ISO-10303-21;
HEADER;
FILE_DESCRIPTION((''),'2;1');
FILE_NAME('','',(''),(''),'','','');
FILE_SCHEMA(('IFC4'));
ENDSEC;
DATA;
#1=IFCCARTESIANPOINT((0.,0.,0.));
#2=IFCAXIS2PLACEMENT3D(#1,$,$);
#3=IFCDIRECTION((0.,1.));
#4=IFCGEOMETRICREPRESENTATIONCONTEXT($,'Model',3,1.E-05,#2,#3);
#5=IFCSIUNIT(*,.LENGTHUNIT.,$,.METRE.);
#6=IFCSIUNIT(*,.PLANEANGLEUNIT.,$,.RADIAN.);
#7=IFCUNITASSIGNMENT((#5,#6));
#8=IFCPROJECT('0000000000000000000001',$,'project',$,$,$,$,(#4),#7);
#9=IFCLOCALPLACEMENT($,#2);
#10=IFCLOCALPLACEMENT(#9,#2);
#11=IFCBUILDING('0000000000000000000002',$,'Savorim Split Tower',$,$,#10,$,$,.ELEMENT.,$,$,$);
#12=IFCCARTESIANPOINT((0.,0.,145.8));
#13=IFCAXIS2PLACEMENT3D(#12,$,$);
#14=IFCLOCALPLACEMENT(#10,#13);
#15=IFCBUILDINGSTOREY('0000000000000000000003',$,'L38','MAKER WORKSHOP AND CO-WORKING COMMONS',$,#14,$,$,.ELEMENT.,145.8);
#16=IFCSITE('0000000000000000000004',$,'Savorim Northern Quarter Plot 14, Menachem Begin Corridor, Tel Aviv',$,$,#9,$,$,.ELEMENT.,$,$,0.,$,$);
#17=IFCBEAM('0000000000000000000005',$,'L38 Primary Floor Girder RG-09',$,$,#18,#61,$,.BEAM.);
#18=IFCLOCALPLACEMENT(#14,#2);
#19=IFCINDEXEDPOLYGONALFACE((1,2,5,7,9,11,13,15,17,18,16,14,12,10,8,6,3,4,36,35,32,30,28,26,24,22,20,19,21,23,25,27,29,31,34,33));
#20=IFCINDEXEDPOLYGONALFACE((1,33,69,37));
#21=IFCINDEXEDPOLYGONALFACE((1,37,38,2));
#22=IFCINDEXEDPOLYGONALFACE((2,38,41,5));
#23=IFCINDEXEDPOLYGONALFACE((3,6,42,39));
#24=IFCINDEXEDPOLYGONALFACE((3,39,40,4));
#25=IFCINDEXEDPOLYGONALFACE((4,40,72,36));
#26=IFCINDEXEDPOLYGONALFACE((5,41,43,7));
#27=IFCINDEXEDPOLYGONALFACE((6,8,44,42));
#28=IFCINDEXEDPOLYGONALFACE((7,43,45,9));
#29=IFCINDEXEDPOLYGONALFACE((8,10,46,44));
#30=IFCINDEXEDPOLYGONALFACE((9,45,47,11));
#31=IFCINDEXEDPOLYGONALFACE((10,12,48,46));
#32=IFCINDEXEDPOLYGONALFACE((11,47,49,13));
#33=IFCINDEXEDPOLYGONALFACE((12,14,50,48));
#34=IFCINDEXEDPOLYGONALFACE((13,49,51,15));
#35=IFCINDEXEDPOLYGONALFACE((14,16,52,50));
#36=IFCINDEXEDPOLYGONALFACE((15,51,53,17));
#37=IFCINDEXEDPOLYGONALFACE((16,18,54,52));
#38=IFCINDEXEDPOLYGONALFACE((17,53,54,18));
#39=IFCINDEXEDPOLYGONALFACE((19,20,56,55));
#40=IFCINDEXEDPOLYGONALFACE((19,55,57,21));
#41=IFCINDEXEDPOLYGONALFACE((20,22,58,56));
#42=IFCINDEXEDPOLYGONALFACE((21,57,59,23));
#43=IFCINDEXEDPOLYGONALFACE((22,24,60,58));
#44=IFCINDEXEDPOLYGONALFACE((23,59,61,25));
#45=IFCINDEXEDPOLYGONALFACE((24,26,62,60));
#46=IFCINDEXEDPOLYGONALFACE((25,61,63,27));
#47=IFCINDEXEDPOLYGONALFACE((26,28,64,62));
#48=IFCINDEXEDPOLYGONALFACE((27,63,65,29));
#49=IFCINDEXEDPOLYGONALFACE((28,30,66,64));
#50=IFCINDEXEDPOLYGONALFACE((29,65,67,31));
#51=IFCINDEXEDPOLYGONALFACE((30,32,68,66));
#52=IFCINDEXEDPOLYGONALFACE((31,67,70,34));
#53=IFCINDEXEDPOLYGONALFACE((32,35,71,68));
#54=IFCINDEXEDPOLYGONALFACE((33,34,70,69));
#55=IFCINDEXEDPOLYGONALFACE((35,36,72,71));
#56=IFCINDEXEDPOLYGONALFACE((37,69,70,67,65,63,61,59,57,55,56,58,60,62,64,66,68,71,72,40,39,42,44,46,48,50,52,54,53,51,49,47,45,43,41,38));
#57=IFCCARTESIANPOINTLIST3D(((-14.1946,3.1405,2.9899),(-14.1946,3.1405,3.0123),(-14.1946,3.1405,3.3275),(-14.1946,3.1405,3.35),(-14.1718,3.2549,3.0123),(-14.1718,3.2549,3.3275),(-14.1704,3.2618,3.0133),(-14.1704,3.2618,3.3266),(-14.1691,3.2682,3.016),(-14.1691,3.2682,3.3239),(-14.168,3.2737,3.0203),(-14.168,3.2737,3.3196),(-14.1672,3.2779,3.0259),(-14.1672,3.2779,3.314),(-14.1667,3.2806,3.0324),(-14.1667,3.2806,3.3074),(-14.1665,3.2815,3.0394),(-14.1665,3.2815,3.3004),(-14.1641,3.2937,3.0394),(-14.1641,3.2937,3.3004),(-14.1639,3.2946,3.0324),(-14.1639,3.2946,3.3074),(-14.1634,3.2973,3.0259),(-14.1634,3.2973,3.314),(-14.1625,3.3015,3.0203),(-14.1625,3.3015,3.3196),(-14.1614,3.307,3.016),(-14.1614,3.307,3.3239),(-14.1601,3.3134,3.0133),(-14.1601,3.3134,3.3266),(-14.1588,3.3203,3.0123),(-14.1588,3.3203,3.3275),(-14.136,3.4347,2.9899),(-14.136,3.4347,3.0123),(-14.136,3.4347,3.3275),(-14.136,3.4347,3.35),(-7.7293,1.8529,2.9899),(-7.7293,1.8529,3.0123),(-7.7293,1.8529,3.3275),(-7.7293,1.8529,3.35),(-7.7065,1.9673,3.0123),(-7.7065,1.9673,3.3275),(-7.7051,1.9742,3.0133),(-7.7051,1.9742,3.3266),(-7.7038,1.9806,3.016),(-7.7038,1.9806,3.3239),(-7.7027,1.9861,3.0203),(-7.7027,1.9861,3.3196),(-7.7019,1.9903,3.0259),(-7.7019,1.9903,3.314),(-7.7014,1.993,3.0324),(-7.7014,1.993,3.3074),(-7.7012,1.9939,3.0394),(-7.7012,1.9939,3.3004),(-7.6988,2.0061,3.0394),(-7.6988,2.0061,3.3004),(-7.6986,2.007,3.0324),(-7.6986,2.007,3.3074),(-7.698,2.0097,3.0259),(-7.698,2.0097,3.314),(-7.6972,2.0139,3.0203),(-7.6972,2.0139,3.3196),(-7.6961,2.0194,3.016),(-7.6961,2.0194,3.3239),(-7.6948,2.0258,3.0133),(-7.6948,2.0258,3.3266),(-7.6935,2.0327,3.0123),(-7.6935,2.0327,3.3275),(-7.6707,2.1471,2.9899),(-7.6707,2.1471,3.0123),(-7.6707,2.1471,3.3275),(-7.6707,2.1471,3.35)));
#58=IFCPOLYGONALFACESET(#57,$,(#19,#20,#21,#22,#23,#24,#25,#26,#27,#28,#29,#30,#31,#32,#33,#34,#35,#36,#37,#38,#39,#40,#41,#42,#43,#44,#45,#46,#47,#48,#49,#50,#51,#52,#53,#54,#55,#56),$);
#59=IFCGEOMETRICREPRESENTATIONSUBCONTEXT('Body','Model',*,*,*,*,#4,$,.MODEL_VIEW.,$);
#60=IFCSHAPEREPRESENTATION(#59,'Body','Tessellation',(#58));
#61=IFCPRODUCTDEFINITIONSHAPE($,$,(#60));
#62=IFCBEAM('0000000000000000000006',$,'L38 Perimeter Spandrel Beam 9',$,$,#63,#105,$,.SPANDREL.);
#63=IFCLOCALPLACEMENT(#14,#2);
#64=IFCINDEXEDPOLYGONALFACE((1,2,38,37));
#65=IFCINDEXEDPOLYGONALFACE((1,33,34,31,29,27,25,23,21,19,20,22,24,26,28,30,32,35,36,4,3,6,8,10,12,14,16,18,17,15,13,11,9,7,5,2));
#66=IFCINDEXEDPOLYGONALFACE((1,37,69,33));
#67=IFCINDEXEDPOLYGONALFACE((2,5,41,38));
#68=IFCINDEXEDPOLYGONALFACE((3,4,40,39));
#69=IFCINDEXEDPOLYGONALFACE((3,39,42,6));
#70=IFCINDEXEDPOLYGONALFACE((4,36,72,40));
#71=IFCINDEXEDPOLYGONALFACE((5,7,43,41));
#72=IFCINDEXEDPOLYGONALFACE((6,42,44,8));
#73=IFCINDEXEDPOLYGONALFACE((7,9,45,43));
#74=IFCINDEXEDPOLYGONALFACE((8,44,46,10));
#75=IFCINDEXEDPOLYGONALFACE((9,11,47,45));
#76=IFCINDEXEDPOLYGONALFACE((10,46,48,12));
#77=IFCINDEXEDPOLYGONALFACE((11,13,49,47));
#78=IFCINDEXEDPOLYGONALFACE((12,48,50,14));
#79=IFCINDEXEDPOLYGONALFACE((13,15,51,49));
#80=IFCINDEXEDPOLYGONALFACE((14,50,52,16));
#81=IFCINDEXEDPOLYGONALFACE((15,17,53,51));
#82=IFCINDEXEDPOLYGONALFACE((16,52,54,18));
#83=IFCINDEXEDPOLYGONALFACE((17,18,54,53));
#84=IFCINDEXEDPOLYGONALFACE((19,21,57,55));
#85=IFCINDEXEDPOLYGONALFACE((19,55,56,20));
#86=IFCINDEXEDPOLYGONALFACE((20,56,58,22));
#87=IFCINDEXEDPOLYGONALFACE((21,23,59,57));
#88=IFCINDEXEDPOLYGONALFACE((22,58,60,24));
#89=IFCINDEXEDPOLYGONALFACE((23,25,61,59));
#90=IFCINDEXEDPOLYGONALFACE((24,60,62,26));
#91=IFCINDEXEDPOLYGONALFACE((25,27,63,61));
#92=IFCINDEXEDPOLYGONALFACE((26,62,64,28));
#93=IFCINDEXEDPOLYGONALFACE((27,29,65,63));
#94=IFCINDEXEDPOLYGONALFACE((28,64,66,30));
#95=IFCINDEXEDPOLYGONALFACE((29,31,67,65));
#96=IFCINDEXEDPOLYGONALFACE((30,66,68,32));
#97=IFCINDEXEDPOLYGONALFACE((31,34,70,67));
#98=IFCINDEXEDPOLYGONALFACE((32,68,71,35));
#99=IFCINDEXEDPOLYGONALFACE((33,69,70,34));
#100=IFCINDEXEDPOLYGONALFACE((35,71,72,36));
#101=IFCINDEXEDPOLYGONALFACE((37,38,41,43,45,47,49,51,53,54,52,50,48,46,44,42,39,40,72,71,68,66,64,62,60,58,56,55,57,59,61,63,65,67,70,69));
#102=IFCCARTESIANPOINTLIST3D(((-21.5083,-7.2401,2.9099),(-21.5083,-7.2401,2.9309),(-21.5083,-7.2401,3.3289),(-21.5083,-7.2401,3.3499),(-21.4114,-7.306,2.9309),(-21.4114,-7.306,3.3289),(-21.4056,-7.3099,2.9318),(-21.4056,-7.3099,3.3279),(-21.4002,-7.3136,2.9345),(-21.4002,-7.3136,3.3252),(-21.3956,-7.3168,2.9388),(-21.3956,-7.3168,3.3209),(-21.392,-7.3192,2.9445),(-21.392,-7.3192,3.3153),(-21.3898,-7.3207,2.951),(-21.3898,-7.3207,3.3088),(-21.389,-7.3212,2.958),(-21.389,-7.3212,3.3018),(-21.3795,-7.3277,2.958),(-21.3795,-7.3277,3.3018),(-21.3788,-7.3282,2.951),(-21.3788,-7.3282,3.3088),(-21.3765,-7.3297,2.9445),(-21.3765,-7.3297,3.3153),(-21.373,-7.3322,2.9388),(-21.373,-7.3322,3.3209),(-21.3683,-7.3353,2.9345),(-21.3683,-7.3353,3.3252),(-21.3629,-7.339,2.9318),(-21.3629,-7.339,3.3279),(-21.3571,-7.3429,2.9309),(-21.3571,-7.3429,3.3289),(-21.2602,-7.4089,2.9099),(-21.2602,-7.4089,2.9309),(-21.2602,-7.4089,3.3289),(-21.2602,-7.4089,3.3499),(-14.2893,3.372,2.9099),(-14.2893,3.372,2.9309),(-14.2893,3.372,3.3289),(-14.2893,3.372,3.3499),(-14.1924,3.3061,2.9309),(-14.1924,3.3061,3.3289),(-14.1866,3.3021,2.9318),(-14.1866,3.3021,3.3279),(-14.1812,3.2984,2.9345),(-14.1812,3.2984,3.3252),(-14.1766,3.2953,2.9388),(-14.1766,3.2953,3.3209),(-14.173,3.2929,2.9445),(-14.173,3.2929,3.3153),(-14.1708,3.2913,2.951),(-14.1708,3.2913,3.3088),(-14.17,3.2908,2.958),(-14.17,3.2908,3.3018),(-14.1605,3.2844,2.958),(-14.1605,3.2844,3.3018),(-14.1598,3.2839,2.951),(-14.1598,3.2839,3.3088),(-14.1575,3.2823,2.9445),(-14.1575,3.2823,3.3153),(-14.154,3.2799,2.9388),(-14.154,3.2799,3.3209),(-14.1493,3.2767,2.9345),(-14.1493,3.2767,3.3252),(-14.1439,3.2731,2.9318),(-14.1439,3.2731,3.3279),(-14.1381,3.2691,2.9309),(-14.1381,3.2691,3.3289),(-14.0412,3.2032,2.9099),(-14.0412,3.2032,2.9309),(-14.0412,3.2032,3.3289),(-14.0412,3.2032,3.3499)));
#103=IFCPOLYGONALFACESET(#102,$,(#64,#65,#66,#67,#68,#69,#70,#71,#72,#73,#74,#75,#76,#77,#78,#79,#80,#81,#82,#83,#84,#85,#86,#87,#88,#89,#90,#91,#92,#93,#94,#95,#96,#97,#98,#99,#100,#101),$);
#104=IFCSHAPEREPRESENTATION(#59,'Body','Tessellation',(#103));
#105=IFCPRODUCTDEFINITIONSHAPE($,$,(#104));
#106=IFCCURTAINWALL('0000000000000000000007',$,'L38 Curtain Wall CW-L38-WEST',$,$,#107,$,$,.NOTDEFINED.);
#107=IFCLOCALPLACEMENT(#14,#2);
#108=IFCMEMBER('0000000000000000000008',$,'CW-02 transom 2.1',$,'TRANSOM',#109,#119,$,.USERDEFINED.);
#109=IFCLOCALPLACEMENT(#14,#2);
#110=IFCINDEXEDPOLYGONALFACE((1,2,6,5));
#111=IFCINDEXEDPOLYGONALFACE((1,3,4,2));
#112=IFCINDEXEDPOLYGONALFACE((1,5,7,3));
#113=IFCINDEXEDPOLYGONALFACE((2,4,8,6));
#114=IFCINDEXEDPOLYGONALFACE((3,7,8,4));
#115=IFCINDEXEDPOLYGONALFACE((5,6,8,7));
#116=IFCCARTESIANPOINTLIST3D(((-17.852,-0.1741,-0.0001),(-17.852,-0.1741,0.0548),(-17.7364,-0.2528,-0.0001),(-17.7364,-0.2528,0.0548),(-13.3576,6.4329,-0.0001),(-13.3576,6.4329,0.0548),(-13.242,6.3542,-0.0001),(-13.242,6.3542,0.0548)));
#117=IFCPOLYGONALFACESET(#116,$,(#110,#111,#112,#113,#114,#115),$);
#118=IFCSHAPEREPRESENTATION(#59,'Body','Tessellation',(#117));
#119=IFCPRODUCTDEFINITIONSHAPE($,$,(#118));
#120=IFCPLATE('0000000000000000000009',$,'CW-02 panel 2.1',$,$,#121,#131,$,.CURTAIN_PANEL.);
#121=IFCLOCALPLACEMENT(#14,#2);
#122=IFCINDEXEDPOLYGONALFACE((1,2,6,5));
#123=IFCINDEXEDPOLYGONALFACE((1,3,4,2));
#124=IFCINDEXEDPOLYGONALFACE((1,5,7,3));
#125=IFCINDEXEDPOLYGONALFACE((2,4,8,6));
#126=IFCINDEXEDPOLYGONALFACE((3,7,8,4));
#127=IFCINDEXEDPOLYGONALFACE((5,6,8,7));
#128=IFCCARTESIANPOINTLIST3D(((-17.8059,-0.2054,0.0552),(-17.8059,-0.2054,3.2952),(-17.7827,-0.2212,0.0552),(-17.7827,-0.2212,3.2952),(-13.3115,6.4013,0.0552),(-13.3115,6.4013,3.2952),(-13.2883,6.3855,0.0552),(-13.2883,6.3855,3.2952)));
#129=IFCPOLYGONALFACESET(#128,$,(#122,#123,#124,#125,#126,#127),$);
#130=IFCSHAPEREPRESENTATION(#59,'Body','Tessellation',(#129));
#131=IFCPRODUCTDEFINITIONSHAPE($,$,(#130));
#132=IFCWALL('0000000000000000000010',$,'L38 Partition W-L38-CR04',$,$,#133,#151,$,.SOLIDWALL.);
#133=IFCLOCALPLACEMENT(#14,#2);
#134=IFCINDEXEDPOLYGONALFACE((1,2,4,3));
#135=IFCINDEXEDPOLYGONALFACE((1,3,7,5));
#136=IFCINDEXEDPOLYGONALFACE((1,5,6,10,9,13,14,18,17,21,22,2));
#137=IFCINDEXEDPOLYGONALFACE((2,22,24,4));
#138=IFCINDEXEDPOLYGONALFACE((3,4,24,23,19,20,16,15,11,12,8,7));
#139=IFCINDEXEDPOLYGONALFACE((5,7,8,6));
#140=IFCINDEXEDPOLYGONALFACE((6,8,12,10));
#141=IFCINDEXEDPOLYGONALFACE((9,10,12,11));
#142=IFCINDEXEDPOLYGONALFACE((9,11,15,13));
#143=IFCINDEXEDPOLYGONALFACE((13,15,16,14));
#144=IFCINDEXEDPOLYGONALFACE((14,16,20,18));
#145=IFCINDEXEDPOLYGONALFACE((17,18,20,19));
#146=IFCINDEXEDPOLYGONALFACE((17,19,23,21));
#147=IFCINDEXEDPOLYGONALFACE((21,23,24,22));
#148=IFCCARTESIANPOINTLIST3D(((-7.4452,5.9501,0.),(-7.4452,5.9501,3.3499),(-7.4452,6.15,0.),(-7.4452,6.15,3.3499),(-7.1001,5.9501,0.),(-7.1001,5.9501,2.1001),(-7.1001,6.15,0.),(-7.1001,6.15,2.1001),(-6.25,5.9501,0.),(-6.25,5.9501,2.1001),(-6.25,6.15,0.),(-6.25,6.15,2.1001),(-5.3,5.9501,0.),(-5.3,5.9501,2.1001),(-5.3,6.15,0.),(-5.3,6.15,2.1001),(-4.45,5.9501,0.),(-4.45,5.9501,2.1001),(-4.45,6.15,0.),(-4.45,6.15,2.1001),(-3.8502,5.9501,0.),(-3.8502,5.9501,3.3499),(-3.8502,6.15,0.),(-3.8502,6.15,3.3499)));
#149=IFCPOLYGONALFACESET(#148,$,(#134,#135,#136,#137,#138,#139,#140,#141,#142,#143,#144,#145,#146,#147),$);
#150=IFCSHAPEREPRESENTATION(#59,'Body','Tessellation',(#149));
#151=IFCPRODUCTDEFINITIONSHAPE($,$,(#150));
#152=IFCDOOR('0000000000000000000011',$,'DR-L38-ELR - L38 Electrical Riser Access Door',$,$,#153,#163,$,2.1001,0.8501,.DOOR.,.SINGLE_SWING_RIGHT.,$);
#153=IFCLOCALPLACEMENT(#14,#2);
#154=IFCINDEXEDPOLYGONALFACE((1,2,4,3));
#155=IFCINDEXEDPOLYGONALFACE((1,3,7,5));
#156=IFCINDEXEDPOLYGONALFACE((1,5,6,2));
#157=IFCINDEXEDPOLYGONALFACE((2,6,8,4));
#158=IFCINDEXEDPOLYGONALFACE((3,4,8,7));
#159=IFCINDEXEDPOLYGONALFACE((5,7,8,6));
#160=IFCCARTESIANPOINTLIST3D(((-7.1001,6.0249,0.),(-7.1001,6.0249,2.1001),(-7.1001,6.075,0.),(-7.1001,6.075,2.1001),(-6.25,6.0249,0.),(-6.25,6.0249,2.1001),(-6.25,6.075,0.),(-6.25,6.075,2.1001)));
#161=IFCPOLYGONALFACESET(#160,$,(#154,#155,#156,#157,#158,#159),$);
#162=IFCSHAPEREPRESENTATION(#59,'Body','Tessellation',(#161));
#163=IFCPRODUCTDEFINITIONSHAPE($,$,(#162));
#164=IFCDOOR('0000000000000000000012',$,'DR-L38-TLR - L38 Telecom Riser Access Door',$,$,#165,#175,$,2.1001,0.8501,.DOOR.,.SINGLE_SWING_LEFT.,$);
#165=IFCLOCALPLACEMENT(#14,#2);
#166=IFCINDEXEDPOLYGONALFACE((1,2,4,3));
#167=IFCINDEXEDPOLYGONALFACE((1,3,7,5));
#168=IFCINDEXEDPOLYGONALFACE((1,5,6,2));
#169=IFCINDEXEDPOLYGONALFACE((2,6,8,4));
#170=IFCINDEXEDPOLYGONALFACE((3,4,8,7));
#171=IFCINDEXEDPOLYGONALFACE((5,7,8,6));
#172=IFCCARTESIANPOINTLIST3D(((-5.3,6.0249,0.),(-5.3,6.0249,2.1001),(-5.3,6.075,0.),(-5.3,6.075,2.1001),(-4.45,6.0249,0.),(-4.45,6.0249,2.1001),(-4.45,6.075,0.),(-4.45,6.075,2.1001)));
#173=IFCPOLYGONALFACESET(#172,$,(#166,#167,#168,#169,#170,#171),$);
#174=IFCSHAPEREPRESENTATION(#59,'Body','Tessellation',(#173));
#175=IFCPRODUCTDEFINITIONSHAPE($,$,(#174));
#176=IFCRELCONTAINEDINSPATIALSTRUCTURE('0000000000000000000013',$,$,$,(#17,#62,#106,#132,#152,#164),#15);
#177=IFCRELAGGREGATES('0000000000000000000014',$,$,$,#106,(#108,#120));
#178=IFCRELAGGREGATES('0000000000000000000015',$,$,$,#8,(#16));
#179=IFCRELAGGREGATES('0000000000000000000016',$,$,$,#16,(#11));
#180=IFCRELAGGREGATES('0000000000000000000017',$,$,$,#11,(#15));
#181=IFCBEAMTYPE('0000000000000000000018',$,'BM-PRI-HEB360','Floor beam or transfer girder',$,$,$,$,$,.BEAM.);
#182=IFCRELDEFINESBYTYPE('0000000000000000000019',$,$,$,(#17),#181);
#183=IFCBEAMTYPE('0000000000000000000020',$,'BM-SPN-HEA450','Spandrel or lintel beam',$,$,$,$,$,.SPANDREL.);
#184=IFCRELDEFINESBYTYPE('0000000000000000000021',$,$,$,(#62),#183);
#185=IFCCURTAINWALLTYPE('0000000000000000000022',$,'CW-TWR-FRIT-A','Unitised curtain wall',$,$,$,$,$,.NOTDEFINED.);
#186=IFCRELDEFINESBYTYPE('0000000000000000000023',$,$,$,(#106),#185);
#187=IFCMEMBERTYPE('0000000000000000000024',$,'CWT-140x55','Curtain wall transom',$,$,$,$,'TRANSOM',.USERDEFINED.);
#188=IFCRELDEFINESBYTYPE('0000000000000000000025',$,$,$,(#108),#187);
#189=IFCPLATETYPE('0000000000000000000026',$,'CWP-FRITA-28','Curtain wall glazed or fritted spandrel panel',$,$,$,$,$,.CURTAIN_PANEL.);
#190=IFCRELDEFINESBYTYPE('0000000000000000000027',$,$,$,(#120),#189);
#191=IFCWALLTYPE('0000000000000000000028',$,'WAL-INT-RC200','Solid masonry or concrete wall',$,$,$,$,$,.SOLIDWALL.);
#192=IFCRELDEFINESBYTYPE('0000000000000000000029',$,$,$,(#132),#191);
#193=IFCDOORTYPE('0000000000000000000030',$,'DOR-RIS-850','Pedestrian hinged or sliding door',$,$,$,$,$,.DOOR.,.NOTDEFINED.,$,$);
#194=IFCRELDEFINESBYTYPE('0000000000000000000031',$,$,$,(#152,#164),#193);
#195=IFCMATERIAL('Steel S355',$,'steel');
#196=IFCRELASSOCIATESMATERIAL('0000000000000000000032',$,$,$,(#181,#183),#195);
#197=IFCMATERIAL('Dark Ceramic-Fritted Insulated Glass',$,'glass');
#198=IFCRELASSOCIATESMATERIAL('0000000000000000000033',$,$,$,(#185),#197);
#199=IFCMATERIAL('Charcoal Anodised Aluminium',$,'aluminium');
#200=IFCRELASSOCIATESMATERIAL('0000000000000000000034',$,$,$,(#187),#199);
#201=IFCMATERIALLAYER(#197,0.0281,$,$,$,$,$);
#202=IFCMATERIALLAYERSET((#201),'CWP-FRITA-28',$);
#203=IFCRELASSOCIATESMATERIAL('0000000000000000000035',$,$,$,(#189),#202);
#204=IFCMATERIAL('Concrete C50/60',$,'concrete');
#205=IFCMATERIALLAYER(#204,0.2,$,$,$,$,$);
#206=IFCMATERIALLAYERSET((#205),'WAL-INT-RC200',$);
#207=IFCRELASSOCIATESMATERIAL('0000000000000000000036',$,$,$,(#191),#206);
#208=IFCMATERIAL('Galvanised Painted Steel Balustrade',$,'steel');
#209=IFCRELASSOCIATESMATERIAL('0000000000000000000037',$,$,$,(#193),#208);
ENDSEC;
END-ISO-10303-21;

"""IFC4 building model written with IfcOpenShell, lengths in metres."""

from ifc_helpers import new_model, si_unit, direction, frame, frame_2d, origin, origin_2d, place, context, subcontext, project, spatial, rectangle, i_section, extrude, material, layer, layer_set, material_profile, profile_set, type_object, element, fill, aggregate, save


model = new_model("IFC4")

# Units and contexts
model_context = context("Model", 3, precision=1e-05, world=origin(), true_north=direction((0.0, 1.0)))
body_context = subcontext(model_context, "Body", "Model", "MODEL_VIEW")
ifc_project = project(units=[si_unit("LENGTHUNIT", "METRE"), si_unit("PLANEANGLEUNIT", "RADIAN")], contexts=[model_context])

# Site, building, storey
site_placement = place(None, origin())
site = spatial("IfcSite", under=ifc_project, at=site_placement, Name="Savorim Northern Quarter Plot 14, Menachem Begin Corridor, Tel Aviv", CompositionType="ELEMENT", RefElevation=0.0)
building_placement = place(site_placement, origin())
building = spatial("IfcBuilding", under=site, at=building_placement, Name="Savorim Split Tower", CompositionType="ELEMENT")
storey_placement = place(building_placement, frame((0.0, 0.0, 145.8)))
storey = spatial("IfcBuildingStorey", under=building, at=storey_placement, Name="L38", Description="MAKER WORKSHOP AND CO-WORKING COMMONS", CompositionType="ELEMENT", Elevation=145.8)

# Beams
ifc_material_1 = material(Name="Steel S355", Category="steel")
ifc_material_profile_1 = material_profile(ifc_material_1, i_section(OverallWidth=0.3, OverallDepth=0.3601, WebThickness=0.0125, FlangeThickness=0.0225, FilletRadius=0.0271, at=origin_2d()), Name="HEB 360")
ifc_profile_set_1 = profile_set([ifc_material_profile_1], Name="Steel S355")
beam_type_1 = type_object("IfcBeamType", Name="BM-PRI-HEB360", Description="Floor beam or transfer girder", PredefinedType="BEAM", material=ifc_profile_set_1)
beam_1_placement = place(storey_placement, frame((-14.1653, 3.2876, 3.1699), z_axis=(0.98074, -0.195318, 0.0), x_axis=(0.195318, 0.98074, 0.0)))
element("IfcBeam", 1, at=beam_1_placement, inside=storey, type_object=beam_type_1, Name="L38 Primary Floor Girder RG-09", PredefinedType="BEAM", context=body_context, shape_type="SweptSolid", body=[
    extrude(i_section(OverallWidth=0.3, OverallDepth=0.3601, WebThickness=0.0125, FlangeThickness=0.0225, FilletRadius=0.0271, at=origin_2d()), origin(), (0.0, 0.0, 1.0), 6.5923),
])
ifc_material_profile_2 = material_profile(ifc_material_1, i_section(OverallWidth=0.3, OverallDepth=0.4399, WebThickness=0.0115, FlangeThickness=0.021, FilletRadius=0.0271, at=origin_2d()), Name="HEA 450")
ifc_profile_set_2 = profile_set([ifc_material_profile_2], Name="Steel S355")
beam_type_2 = type_object("IfcBeamType", Name="BM-SPN-HEA450", Description="Spandrel or lintel beam", PredefinedType="SPANDREL", material=ifc_profile_set_2)
beam_2_placement = place(storey_placement, frame((-14.1653, 3.2876, 3.1299), z_axis=(-0.562459, -0.826825, 0.0), x_axis=(0.826825, -0.562459, 0.0)))
element("IfcBeam", 2, at=beam_2_placement, inside=storey, type_object=beam_type_2, Name="L38 Perimeter Spandrel Beam 9", PredefinedType="SPANDREL", context=body_context, shape_type="SweptSolid", body=[
    extrude(i_section(OverallWidth=0.3, OverallDepth=0.4399, WebThickness=0.0115, FlangeThickness=0.021, FilletRadius=0.0271, at=origin_2d()), origin(), (0.0, 0.0, 1.0), 12.8347),
])

# Curtain wall, member, plate
ifc_material_2 = material(Name="Dark Ceramic-Fritted Insulated Glass", Category="glass")
curtain_wall_type = type_object("IfcCurtainWallType", Name="CW-TWR-FRIT-A", Description="Unitised curtain wall", PredefinedType="NOTDEFINED", material=ifc_material_2)
curtain_wall_placement = place(storey_placement, origin())
curtain_wall = element("IfcCurtainWall", 3, at=curtain_wall_placement, inside=storey, type_object=curtain_wall_type, Name="L38 Curtain Wall CW-L38-WEST", PredefinedType="NOTDEFINED")
ifc_material_3 = material(Name="Charcoal Anodised Aluminium", Category="aluminium")
ifc_material_profile_3 = material_profile(ifc_material_3, rectangle(XDim=0.1399, YDim=0.0549, at=origin_2d()), Name="ALU-T 140x55")
ifc_profile_set_3 = profile_set([ifc_material_profile_3], Name="Charcoal Anodised Aluminium")
member_type = type_object("IfcMemberType", Name="CWT-140x55", Description="Curtain wall transom", ElementType="TRANSOM", PredefinedType="USERDEFINED", material=ifc_profile_set_3)
member_placement = place(storey_placement, frame((-13.2998, 6.3936, 0.0273), z_axis=(-0.562453, -0.826829, 0.0), x_axis=(0.826829, -0.562453, 0.0)))
member = element("IfcMember", 4, at=member_placement, type_object=member_type, Name="CW-02 transom 2.1", ObjectType="TRANSOM", PredefinedType="USERDEFINED", context=body_context, shape_type="SweptSolid", body=[
    extrude(rectangle(XDim=0.1399, YDim=0.0549, at=origin_2d()), origin(), (0.0, 0.0, 1.0), 7.9907),
])
ifc_layer_1 = layer(ifc_material_2, 0.0281)
ifc_layer_set_1 = layer_set([ifc_layer_1], Name="CWP-FRITA-28")
plate_type = type_object("IfcPlateType", Name="CWP-FRITA-28", Description="Curtain wall glazed or fritted spandrel panel", PredefinedType="CURTAIN_PANEL", material=ifc_layer_set_1)
plate_placement = place(storey_placement, frame((-15.5471, 3.0901, 0.0552), z_axis=(0.0, 0.0, 1.0), x_axis=(-0.562466, -0.82682, 0.0)))
plate = element("IfcPlate", 5, at=plate_placement, type_object=plate_type, Name="CW-02 panel 2.1", PredefinedType="CURTAIN_PANEL", context=body_context, shape_type="SweptSolid", body=[
    extrude(rectangle(XDim=7.9905, YDim=0.0281, at=origin_2d()), origin(), (0.0, 0.0, 1.0), 3.24),
])
aggregate(curtain_wall, [member, plate])

# Wall, openings, doors
ifc_material_4 = material(Name="Concrete C50/60", Category="concrete")
ifc_layer_2 = layer(ifc_material_4, 0.2)
ifc_layer_set_2 = layer_set([ifc_layer_2], Name="WAL-INT-RC200")
wall_type_1 = type_object("IfcWallType", Name="WAL-INT-RC200", Description="Solid masonry or concrete wall", PredefinedType="SOLIDWALL", material=ifc_layer_set_2)
wall_1_placement = place(storey_placement, frame((-7.4451, 6.05, 0.0), z_axis=(0.0, 0.0, 1.0), x_axis=(1.0, 0.0, 0.0)))
wall_1 = element("IfcWall", 6, at=wall_1_placement, inside=storey, type_object=wall_type_1, Name="L38 Partition W-L38-CR04", PredefinedType="SOLIDWALL", context=body_context, shape_type="SweptSolid", body=[
    extrude(rectangle(XDim=3.595, YDim=0.2, at=frame_2d((1.7974, 0.0))), origin(), (0.0, 0.0, 1.0), 3.3499),
])
opening_1_placement = place(wall_1_placement, frame((0.345, 0.0, 0.0)))
opening_1 = element("IfcOpeningElement", 7, at=opening_1_placement, cuts=wall_1, PredefinedType="OPENING", context=body_context, shape_type="SweptSolid", body=[
    extrude(rectangle(XDim=0.8501, YDim=2.1001, at=frame_2d((0.425, 1.05))), frame((0.0, 0.1099, 0.0), z_axis=(0.0, -1.0, 0.0), x_axis=(1.0, 0.0, 0.0)), (0.0, 0.0, 1.0), 0.22),
])
opening_2_placement = place(wall_1_placement, frame((2.145, 0.0, 0.0)))
opening_2 = element("IfcOpeningElement", 8, at=opening_2_placement, cuts=wall_1, PredefinedType="OPENING", context=body_context, shape_type="SweptSolid", body=[
    extrude(rectangle(XDim=0.8501, YDim=2.1001, at=frame_2d((0.425, 1.05))), frame((0.0, 0.1099, 0.0), z_axis=(0.0, -1.0, 0.0), x_axis=(1.0, 0.0, 0.0)), (0.0, 0.0, 1.0), 0.22),
])
ifc_material_5 = material(Name="Galvanised Painted Steel Balustrade", Category="steel")
door_type_1 = type_object("IfcDoorType", Name="DOR-RIS-850", Description="Pedestrian hinged or sliding door", OperationType="NOTDEFINED", PredefinedType="DOOR", material=ifc_material_5)
door_1_placement = place(opening_1_placement, origin())
door_1 = element("IfcDoor", 9, at=door_1_placement, inside=storey, type_object=door_type_1, Name="DR-L38-ELR - L38 Electrical Riser Access Door", OperationType="SINGLE_SWING_RIGHT", OverallHeight=2.1001, OverallWidth=0.8501, PredefinedType="DOOR", context=body_context, shape_type="SweptSolid", body=[
    extrude(rectangle(XDim=0.8501, YDim=2.1001, at=frame_2d((0.425, 1.05))), frame((0.0, 0.0249, 0.0), z_axis=(0.0, -1.0, 0.0), x_axis=(1.0, 0.0, 0.0)), (0.0, 0.0, 1.0), 0.05),
])
fill(opening_1, door_1)
door_2_placement = place(opening_2_placement, origin())
door_2 = element("IfcDoor", 10, at=door_2_placement, inside=storey, type_object=door_type_1, Name="DR-L38-TLR - L38 Telecom Riser Access Door", OperationType="SINGLE_SWING_LEFT", OverallHeight=2.1001, OverallWidth=0.8501, PredefinedType="DOOR", context=body_context, shape_type="SweptSolid", body=[
    extrude(rectangle(XDim=0.8501, YDim=2.1001, at=frame_2d((0.425, 1.05))), frame((0.0, 0.0249, 0.0), z_axis=(0.0, -1.0, 0.0), x_axis=(1.0, 0.0, 0.0)), (0.0, 0.0, 1.0), 0.05),
])
fill(opening_2, door_2)

save(model, "model.ifc")
